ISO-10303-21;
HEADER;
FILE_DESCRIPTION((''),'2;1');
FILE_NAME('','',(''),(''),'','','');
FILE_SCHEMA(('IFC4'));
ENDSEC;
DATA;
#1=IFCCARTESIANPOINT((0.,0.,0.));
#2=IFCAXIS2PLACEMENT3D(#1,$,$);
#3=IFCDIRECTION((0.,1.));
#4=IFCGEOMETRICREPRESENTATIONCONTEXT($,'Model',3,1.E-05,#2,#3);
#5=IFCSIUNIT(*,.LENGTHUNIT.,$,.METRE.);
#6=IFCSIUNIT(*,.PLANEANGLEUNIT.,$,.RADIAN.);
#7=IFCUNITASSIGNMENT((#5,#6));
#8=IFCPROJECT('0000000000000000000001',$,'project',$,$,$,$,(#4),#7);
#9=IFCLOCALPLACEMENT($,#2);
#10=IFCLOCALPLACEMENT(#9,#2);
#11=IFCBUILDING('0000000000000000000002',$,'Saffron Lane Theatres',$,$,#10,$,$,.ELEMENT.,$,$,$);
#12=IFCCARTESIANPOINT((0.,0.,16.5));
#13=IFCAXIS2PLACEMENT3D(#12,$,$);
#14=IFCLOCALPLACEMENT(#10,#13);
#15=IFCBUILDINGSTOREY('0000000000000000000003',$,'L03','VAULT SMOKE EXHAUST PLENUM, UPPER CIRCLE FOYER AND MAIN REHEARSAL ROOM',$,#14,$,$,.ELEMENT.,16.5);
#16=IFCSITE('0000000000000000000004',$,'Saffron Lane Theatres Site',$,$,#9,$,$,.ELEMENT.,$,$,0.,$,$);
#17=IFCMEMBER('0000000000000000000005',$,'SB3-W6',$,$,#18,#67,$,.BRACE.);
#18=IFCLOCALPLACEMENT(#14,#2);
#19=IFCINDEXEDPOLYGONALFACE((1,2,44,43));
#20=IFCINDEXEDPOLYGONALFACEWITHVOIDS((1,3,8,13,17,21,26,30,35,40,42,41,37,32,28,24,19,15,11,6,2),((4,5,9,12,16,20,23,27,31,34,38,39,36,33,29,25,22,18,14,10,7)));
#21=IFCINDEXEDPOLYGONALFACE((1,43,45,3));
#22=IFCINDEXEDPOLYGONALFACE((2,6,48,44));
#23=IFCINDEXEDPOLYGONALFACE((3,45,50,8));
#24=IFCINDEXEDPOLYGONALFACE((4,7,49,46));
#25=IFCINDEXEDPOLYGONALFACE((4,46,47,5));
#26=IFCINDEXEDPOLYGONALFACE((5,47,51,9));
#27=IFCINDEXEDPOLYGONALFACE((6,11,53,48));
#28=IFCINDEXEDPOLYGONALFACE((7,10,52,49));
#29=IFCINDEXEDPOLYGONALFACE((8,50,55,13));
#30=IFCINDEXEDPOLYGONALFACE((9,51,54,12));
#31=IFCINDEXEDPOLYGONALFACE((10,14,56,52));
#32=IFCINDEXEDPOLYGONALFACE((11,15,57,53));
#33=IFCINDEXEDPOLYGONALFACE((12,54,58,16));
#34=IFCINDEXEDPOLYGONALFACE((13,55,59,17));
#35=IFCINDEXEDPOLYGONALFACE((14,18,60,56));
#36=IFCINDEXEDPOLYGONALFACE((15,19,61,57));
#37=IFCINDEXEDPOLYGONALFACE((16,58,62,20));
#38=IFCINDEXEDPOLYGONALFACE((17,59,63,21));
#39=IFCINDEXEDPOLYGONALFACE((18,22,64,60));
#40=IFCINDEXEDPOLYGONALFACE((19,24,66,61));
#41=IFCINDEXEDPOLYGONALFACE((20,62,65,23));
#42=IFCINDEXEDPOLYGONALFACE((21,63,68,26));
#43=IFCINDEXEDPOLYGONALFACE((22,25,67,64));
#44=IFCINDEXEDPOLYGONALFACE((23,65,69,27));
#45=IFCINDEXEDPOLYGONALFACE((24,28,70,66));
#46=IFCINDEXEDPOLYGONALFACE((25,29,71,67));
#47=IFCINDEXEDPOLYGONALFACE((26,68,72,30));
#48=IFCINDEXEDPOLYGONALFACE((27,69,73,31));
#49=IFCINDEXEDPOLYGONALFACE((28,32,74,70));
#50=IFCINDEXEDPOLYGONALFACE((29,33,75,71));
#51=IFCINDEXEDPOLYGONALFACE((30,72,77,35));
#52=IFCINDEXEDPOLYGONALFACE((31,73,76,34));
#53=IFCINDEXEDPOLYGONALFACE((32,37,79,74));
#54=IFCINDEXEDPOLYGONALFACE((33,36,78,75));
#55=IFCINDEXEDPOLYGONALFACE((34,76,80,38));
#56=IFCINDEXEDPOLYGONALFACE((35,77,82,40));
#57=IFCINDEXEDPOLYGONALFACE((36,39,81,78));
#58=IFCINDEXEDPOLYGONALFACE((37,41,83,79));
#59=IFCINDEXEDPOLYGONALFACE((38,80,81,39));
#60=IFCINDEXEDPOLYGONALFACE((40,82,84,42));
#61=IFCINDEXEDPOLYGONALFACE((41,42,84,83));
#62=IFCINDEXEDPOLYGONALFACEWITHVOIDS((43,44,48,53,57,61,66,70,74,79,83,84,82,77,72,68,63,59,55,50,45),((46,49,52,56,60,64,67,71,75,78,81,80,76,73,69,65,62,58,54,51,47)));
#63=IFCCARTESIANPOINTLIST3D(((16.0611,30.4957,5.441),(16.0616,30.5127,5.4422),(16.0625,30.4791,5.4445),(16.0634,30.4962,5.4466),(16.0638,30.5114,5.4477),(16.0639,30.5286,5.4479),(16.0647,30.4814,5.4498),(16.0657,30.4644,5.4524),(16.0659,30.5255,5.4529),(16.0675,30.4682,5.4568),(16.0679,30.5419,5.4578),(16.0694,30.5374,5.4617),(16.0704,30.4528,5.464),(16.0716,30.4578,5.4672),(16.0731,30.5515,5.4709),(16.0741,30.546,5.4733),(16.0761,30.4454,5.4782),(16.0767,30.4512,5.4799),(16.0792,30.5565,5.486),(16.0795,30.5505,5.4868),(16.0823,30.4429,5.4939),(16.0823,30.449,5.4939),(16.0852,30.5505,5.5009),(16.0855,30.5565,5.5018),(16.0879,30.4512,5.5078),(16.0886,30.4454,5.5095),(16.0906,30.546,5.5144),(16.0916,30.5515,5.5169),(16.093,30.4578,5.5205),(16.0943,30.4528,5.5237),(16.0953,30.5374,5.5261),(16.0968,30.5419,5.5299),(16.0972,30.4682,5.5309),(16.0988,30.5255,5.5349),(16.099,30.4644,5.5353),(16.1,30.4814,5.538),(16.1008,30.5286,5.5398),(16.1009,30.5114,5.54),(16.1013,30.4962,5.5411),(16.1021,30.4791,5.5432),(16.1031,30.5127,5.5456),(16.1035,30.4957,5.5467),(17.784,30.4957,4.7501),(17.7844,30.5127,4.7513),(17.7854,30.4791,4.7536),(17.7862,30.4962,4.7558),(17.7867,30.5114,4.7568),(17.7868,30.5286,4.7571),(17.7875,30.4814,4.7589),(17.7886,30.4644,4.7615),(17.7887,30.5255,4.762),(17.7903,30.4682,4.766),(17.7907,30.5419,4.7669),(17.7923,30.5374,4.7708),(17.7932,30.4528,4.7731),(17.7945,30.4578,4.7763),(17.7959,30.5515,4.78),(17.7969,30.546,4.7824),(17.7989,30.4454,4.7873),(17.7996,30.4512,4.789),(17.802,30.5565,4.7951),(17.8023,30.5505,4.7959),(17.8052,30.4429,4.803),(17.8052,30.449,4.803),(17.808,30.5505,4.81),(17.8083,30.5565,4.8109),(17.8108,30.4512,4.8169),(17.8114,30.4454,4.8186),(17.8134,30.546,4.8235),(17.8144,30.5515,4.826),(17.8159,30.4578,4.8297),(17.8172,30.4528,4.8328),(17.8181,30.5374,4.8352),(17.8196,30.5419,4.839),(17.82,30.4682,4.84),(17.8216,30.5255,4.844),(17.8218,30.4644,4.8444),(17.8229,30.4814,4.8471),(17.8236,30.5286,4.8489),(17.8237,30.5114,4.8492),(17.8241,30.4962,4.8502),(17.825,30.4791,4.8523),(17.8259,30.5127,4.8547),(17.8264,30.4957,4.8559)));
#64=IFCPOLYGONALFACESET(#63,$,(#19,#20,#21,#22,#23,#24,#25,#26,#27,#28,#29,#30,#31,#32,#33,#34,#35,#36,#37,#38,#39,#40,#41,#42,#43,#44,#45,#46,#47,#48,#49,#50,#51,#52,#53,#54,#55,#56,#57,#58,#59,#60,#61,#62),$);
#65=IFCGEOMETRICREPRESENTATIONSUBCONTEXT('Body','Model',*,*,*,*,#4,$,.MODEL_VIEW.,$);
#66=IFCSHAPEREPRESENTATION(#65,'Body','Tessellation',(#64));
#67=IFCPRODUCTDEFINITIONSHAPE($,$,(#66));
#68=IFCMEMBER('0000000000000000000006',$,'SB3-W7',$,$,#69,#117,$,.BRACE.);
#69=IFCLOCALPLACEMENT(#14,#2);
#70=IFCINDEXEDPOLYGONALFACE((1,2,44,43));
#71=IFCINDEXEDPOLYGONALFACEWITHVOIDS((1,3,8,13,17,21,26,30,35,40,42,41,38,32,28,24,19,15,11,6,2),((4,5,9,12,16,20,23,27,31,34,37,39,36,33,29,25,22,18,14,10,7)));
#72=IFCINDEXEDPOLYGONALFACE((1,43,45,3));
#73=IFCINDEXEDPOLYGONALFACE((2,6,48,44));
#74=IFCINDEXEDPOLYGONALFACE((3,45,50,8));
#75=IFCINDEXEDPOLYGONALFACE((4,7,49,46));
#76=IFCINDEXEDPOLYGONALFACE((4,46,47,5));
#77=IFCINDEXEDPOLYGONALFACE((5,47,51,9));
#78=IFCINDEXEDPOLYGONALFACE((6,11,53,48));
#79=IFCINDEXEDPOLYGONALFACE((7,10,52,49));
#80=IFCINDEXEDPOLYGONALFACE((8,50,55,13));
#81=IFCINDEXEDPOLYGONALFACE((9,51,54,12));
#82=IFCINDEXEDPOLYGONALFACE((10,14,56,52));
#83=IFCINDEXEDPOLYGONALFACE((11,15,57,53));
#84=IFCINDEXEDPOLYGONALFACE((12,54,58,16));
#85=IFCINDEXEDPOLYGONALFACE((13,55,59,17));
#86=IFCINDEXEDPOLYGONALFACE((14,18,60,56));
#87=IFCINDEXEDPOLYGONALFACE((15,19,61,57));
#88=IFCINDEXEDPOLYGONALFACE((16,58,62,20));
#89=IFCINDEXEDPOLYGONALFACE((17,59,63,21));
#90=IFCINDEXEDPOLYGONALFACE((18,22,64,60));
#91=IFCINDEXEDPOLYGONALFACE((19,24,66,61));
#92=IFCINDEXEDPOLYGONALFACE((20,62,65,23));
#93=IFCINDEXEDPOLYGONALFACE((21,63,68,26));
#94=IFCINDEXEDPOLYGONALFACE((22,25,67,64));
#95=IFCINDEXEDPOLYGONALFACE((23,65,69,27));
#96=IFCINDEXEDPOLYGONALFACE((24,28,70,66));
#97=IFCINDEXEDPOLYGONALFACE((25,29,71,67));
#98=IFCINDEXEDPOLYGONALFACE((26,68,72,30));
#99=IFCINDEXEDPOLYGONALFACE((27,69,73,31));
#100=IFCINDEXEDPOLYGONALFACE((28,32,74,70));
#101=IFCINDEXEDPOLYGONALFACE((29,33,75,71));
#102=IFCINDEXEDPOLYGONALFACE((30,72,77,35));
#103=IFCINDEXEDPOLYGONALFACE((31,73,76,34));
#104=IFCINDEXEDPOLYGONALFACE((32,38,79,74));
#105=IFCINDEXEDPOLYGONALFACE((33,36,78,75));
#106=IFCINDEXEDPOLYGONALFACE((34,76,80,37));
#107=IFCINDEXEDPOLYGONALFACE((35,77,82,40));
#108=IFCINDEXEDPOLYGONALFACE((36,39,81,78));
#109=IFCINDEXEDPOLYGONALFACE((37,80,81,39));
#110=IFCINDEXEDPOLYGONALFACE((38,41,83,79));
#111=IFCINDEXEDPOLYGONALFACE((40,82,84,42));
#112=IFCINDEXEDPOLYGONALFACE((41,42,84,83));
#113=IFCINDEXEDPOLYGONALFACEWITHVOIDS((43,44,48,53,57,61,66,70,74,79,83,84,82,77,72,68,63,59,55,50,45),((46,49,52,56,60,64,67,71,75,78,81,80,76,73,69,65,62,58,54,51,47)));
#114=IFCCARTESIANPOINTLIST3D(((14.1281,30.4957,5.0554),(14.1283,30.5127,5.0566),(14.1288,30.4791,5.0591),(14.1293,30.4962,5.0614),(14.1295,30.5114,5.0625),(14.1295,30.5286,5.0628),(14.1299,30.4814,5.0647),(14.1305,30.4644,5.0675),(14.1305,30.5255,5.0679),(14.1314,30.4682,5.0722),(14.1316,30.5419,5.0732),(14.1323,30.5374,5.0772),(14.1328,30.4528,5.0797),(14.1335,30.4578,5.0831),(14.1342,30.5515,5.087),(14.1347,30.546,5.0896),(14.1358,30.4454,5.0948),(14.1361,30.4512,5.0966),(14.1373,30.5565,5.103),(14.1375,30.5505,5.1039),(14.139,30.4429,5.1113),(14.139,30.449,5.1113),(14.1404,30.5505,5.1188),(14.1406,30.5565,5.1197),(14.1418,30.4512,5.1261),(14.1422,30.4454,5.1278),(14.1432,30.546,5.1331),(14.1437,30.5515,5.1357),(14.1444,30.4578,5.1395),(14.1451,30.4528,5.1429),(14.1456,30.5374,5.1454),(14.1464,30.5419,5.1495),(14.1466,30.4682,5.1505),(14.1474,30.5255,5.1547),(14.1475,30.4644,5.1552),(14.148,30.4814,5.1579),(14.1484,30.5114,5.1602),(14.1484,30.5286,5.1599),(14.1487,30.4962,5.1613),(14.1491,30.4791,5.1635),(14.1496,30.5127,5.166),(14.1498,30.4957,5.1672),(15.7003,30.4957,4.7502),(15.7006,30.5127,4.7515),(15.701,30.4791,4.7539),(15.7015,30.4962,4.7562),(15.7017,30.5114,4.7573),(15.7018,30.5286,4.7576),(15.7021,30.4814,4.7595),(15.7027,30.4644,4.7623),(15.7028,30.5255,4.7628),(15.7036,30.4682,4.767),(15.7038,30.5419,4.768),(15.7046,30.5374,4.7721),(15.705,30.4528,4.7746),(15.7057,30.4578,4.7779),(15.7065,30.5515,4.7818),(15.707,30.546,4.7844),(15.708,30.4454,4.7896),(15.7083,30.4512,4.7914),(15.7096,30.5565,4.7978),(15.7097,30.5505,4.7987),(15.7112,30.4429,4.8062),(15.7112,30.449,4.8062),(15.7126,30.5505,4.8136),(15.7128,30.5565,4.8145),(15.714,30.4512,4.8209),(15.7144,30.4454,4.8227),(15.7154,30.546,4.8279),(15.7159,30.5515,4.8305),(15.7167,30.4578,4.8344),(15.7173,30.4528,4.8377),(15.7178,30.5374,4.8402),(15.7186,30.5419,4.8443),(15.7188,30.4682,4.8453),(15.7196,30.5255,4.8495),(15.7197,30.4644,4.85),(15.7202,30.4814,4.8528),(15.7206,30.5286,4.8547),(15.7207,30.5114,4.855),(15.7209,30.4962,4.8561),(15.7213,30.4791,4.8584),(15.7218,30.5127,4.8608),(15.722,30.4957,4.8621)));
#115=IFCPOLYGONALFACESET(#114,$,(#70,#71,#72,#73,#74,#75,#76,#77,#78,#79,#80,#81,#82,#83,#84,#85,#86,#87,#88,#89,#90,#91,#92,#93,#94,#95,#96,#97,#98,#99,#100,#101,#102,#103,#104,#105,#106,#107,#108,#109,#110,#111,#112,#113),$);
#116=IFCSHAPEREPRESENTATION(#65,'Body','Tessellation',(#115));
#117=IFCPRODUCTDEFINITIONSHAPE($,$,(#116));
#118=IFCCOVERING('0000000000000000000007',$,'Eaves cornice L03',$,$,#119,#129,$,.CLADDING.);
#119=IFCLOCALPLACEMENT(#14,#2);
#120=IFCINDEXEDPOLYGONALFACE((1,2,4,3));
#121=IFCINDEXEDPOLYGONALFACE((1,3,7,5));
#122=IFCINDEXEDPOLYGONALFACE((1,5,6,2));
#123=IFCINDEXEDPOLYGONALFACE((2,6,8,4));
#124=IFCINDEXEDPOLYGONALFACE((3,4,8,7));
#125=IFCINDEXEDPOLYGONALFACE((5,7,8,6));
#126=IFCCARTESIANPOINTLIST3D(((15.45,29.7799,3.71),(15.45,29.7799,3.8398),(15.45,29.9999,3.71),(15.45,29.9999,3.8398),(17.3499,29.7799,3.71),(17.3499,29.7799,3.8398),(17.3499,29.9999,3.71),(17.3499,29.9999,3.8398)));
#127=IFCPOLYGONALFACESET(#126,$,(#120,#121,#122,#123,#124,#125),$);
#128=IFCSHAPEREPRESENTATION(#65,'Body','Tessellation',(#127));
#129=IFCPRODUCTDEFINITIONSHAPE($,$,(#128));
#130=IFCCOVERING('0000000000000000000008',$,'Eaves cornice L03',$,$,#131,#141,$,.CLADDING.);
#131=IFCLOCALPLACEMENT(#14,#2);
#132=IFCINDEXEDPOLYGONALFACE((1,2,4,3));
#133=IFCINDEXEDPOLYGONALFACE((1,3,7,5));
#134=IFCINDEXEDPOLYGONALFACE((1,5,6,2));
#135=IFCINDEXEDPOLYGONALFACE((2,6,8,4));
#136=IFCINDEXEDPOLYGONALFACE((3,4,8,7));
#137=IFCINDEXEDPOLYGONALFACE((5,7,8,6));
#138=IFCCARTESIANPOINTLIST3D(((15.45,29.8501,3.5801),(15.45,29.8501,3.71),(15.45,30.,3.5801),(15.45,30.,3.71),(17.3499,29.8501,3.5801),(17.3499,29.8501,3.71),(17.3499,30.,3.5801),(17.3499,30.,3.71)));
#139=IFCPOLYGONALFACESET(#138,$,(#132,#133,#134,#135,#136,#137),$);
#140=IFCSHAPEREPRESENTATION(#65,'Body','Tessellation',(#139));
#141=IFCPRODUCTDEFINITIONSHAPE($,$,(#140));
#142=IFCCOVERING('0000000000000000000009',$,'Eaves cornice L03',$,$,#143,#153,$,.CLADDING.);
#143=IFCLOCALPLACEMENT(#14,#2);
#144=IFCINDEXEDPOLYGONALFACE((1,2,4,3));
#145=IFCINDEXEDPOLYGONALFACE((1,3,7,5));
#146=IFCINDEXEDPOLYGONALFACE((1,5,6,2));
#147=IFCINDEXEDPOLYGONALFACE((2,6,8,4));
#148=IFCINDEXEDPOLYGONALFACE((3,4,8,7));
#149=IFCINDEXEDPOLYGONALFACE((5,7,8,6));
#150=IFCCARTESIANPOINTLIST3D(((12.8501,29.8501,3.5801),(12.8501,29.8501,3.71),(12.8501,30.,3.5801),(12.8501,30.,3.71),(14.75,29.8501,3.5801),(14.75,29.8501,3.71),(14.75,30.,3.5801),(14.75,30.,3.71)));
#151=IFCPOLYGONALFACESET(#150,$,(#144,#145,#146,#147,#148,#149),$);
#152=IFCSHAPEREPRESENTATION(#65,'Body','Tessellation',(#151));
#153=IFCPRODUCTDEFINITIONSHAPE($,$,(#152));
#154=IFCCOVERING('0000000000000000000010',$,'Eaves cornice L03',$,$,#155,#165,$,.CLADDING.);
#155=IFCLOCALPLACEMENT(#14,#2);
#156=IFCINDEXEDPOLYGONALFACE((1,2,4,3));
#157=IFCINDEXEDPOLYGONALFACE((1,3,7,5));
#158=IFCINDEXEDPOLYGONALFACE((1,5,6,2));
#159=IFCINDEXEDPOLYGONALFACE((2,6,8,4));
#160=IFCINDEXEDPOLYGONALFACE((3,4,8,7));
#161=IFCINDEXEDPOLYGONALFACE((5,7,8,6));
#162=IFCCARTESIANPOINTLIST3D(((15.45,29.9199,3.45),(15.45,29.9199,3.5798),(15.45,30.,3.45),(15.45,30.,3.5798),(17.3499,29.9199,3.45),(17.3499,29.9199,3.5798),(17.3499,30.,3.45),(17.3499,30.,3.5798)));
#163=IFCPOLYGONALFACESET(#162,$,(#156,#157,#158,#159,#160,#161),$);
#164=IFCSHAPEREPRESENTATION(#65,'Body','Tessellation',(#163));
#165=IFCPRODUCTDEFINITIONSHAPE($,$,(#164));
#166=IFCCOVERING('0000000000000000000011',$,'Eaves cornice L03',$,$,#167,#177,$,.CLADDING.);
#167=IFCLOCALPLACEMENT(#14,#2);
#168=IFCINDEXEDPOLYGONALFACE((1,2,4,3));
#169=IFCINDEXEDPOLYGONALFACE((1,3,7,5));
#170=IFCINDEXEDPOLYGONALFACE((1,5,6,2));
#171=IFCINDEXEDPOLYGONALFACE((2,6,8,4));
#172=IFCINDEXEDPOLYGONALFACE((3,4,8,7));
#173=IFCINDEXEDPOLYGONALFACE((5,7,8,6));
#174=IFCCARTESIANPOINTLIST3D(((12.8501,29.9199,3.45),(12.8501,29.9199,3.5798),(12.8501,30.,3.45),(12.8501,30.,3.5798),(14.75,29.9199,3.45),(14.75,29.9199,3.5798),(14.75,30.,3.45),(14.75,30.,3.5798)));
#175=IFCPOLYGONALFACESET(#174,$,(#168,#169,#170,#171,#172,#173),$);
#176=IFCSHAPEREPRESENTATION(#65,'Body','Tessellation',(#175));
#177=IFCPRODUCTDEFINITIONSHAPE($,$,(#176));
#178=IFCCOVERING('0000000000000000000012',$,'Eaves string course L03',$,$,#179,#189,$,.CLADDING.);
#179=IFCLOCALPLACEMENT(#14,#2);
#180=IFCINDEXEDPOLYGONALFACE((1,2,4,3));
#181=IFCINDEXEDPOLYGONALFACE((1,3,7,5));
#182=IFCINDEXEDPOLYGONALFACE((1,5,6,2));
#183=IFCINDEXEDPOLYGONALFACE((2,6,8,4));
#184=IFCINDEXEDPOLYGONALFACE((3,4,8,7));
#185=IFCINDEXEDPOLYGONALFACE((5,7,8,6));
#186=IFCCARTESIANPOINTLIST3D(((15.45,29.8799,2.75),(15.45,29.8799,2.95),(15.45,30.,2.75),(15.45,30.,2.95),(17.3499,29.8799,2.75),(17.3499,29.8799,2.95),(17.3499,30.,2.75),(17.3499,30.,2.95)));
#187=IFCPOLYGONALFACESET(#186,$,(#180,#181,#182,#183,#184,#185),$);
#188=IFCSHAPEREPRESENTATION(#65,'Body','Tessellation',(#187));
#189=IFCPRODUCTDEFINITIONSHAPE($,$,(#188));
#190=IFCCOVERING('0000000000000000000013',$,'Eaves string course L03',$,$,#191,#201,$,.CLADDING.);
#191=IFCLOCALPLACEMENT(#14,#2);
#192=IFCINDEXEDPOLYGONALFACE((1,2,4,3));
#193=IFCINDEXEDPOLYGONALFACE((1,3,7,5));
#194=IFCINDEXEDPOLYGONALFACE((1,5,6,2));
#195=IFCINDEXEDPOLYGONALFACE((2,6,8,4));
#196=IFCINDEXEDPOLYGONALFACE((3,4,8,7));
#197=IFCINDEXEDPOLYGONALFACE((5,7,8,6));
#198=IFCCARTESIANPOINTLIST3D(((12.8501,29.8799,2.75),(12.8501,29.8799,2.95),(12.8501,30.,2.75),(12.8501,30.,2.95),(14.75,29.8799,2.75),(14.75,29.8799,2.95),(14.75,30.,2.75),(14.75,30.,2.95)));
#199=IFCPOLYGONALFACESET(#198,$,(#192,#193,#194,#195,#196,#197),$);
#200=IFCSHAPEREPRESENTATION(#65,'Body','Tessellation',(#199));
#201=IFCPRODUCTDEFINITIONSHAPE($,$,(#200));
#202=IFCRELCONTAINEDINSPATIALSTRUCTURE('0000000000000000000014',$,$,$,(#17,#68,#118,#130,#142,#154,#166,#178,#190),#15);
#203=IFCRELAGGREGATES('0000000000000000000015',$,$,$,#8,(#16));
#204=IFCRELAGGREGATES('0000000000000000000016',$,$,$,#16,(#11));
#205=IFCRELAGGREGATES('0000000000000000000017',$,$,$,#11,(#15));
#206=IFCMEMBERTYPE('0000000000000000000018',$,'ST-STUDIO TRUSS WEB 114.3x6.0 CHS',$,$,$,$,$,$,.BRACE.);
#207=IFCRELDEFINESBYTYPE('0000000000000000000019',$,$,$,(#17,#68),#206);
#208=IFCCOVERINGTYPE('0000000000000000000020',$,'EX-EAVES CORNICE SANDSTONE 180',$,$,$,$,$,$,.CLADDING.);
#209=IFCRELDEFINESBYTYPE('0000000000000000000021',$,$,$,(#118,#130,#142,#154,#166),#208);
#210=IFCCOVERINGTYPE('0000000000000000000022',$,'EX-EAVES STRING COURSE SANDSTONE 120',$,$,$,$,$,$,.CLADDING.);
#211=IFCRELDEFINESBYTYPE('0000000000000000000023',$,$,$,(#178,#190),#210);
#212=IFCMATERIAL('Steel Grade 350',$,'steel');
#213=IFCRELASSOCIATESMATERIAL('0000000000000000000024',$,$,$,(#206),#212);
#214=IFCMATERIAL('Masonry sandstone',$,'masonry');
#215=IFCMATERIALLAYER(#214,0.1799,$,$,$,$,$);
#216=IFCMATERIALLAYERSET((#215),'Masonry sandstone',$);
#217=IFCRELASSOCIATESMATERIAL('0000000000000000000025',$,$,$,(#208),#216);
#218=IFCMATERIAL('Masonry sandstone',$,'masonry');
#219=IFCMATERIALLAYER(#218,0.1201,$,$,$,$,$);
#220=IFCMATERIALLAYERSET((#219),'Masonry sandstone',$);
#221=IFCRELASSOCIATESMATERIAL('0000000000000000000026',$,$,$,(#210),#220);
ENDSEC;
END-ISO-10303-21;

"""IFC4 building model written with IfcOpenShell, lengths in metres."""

from ifc_helpers import new_model, si_unit, direction, frame, origin, origin_2d, place, context, subcontext, project, spatial, rectangle, hollow_circle, extrude, material, layer, layer_set, material_profile, profile_set, type_object, element, save


model = new_model("IFC4")

# Units and contexts
model_context = context("Model", 3, precision=1e-05, world=origin(), true_north=direction((0.0, 1.0)))
body_context = subcontext(model_context, "Body", "Model", "MODEL_VIEW")
ifc_project = project(units=[si_unit("LENGTHUNIT", "METRE"), si_unit("PLANEANGLEUNIT", "RADIAN")], contexts=[model_context])

# Site, building, storey
site_placement = place(None, origin())
site = spatial("IfcSite", under=ifc_project, at=site_placement, Name="Saffron Lane Theatres Site", CompositionType="ELEMENT", RefElevation=0.0)
building_placement = place(site_placement, origin())
building = spatial("IfcBuilding", under=site, at=building_placement, Name="Saffron Lane Theatres", CompositionType="ELEMENT")
storey_placement = place(building_placement, frame((0.0, 0.0, 16.5)))
storey = spatial("IfcBuildingStorey", under=building, at=storey_placement, Name="L03", Description="VAULT SMOKE EXHAUST PLENUM, UPPER CIRCLE FOYER AND MAIN REHEARSAL ROOM", CompositionType="ELEMENT", Elevation=16.5)

# Members
ifc_material_1 = material(Name="Steel Grade 350", Category="steel")
ifc_material_profile_1 = material_profile(ifc_material_1, hollow_circle(Radius=0.0571, WallThickness=0.0061, at=origin_2d()))
ifc_profile_set_1 = profile_set([ifc_material_profile_1], Name="Steel Grade 350")
member_type_1 = type_object("IfcMemberType", Name="ST-STUDIO TRUSS WEB 114.3x6.0 CHS", PredefinedType="BRACE", material=ifc_profile_set_1)
member_1_placement = place(storey_placement, frame((17.8052, 30.5, 4.803), z_axis=(-0.92815, 0.0, 0.372207), x_axis=(0.0, -1.0, 0.0)))
element("IfcMember", 1, at=member_1_placement, inside=storey, type_object=member_type_1, Name="SB3-W6", PredefinedType="BRACE", context=body_context, shape_type="SweptSolid", body=[
    extrude(hollow_circle(Radius=0.0571, WallThickness=0.0061, at=origin_2d()), origin(), (0.0, 0.0, 1.0), 1.8562),
])
member_2_placement = place(storey_placement, frame((15.7112, 30.5, 4.8062), z_axis=(-0.981679, 0.0, 0.190543), x_axis=(0.0, -1.0, 0.0)))
element("IfcMember", 2, at=member_2_placement, inside=storey, type_object=member_type_1, Name="SB3-W7", PredefinedType="BRACE", context=body_context, shape_type="SweptSolid", body=[
    extrude(hollow_circle(Radius=0.0571, WallThickness=0.0061, at=origin_2d()), origin(), (0.0, 0.0, 1.0), 1.6016),
])

# Coverings
ifc_material_2 = material(Name="Masonry sandstone", Category="masonry")
ifc_layer_1 = layer(ifc_material_2, 0.1799)
ifc_layer_set_1 = layer_set([ifc_layer_1], Name="Masonry sandstone")
covering_type_1 = type_object("IfcCoveringType", Name="EX-EAVES CORNICE SANDSTONE 180", PredefinedType="CLADDING", material=ifc_layer_set_1)
covering_1_placement = place(storey_placement, frame((16.3999, 29.8899, 3.71), z_axis=(0.0, 0.0, 1.0), x_axis=(-1.0, 0.0, 0.0)))
element("IfcCovering", 3, at=covering_1_placement, inside=storey, type_object=covering_type_1, Name="Eaves cornice L03", PredefinedType="CLADDING", context=body_context, shape_type="SweptSolid", body=[
    extrude(rectangle(XDim=1.8999, YDim=0.22, at=origin_2d()), origin(), (0.0, 0.0, 1.0), 0.1299),
])
for number, where, z_axis, x_axis, name in (
    (4, (16.3999, 29.925, 3.5801), (0.0, 0.0, 1.0), (-1.0, 0.0, 0.0), "Eaves cornice L03"),
    (5, (13.8, 29.925, 3.5801), (0.0, 0.0, 1.0), (-1.0, 0.0, 0.0), "Eaves cornice L03"),
):
    element("IfcCovering", number, at=place(storey_placement, frame(where, z_axis=z_axis, x_axis=x_axis)), inside=storey, type_object=covering_type_1, Name=name, PredefinedType="CLADDING", context=body_context, shape_type="SweptSolid", body=[
        extrude(rectangle(XDim=1.8999, YDim=0.1499, at=origin_2d()), origin(), (0.0, 0.0, 1.0), 0.1299),
    ])
for number, where, z_axis, x_axis, name in (
    (6, (16.3999, 29.96, 3.45), (0.0, 0.0, 1.0), (-1.0, 0.0, 0.0), "Eaves cornice L03"),
    (7, (13.8, 29.96, 3.45), (0.0, 0.0, 1.0), (-1.0, 0.0, 0.0), "Eaves cornice L03"),
):
    element("IfcCovering", number, at=place(storey_placement, frame(where, z_axis=z_axis, x_axis=x_axis)), inside=storey, type_object=covering_type_1, Name=name, PredefinedType="CLADDING", context=body_context, shape_type="SweptSolid", body=[
        extrude(rectangle(XDim=1.8999, YDim=0.0801, at=origin_2d()), origin(), (0.0, 0.0, 1.0), 0.1299),
    ])
ifc_material_3 = material(Name="Masonry sandstone", Category="masonry")
ifc_layer_2 = layer(ifc_material_3, 0.1201)
ifc_layer_set_2 = layer_set([ifc_layer_2], Name="Masonry sandstone")
covering_type_2 = type_object("IfcCoveringType", Name="EX-EAVES STRING COURSE SANDSTONE 120", PredefinedType="CLADDING", material=ifc_layer_set_2)
for number, where, z_axis, x_axis, name in (
    (8, (16.3999, 29.9399, 2.75), (0.0, 0.0, 1.0), (-1.0, 0.0, 0.0), "Eaves string course L03"),
    (9, (13.8, 29.9399, 2.75), (0.0, 0.0, 1.0), (-1.0, 0.0, 0.0), "Eaves string course L03"),
):
    element("IfcCovering", number, at=place(storey_placement, frame(where, z_axis=z_axis, x_axis=x_axis)), inside=storey, type_object=covering_type_2, Name=name, PredefinedType="CLADDING", context=body_context, shape_type="SweptSolid", body=[
        extrude(rectangle(XDim=1.8999, YDim=0.1201, at=origin_2d()), origin(), (0.0, 0.0, 1.0), 0.2),
    ])

save(model, "model.ifc")
